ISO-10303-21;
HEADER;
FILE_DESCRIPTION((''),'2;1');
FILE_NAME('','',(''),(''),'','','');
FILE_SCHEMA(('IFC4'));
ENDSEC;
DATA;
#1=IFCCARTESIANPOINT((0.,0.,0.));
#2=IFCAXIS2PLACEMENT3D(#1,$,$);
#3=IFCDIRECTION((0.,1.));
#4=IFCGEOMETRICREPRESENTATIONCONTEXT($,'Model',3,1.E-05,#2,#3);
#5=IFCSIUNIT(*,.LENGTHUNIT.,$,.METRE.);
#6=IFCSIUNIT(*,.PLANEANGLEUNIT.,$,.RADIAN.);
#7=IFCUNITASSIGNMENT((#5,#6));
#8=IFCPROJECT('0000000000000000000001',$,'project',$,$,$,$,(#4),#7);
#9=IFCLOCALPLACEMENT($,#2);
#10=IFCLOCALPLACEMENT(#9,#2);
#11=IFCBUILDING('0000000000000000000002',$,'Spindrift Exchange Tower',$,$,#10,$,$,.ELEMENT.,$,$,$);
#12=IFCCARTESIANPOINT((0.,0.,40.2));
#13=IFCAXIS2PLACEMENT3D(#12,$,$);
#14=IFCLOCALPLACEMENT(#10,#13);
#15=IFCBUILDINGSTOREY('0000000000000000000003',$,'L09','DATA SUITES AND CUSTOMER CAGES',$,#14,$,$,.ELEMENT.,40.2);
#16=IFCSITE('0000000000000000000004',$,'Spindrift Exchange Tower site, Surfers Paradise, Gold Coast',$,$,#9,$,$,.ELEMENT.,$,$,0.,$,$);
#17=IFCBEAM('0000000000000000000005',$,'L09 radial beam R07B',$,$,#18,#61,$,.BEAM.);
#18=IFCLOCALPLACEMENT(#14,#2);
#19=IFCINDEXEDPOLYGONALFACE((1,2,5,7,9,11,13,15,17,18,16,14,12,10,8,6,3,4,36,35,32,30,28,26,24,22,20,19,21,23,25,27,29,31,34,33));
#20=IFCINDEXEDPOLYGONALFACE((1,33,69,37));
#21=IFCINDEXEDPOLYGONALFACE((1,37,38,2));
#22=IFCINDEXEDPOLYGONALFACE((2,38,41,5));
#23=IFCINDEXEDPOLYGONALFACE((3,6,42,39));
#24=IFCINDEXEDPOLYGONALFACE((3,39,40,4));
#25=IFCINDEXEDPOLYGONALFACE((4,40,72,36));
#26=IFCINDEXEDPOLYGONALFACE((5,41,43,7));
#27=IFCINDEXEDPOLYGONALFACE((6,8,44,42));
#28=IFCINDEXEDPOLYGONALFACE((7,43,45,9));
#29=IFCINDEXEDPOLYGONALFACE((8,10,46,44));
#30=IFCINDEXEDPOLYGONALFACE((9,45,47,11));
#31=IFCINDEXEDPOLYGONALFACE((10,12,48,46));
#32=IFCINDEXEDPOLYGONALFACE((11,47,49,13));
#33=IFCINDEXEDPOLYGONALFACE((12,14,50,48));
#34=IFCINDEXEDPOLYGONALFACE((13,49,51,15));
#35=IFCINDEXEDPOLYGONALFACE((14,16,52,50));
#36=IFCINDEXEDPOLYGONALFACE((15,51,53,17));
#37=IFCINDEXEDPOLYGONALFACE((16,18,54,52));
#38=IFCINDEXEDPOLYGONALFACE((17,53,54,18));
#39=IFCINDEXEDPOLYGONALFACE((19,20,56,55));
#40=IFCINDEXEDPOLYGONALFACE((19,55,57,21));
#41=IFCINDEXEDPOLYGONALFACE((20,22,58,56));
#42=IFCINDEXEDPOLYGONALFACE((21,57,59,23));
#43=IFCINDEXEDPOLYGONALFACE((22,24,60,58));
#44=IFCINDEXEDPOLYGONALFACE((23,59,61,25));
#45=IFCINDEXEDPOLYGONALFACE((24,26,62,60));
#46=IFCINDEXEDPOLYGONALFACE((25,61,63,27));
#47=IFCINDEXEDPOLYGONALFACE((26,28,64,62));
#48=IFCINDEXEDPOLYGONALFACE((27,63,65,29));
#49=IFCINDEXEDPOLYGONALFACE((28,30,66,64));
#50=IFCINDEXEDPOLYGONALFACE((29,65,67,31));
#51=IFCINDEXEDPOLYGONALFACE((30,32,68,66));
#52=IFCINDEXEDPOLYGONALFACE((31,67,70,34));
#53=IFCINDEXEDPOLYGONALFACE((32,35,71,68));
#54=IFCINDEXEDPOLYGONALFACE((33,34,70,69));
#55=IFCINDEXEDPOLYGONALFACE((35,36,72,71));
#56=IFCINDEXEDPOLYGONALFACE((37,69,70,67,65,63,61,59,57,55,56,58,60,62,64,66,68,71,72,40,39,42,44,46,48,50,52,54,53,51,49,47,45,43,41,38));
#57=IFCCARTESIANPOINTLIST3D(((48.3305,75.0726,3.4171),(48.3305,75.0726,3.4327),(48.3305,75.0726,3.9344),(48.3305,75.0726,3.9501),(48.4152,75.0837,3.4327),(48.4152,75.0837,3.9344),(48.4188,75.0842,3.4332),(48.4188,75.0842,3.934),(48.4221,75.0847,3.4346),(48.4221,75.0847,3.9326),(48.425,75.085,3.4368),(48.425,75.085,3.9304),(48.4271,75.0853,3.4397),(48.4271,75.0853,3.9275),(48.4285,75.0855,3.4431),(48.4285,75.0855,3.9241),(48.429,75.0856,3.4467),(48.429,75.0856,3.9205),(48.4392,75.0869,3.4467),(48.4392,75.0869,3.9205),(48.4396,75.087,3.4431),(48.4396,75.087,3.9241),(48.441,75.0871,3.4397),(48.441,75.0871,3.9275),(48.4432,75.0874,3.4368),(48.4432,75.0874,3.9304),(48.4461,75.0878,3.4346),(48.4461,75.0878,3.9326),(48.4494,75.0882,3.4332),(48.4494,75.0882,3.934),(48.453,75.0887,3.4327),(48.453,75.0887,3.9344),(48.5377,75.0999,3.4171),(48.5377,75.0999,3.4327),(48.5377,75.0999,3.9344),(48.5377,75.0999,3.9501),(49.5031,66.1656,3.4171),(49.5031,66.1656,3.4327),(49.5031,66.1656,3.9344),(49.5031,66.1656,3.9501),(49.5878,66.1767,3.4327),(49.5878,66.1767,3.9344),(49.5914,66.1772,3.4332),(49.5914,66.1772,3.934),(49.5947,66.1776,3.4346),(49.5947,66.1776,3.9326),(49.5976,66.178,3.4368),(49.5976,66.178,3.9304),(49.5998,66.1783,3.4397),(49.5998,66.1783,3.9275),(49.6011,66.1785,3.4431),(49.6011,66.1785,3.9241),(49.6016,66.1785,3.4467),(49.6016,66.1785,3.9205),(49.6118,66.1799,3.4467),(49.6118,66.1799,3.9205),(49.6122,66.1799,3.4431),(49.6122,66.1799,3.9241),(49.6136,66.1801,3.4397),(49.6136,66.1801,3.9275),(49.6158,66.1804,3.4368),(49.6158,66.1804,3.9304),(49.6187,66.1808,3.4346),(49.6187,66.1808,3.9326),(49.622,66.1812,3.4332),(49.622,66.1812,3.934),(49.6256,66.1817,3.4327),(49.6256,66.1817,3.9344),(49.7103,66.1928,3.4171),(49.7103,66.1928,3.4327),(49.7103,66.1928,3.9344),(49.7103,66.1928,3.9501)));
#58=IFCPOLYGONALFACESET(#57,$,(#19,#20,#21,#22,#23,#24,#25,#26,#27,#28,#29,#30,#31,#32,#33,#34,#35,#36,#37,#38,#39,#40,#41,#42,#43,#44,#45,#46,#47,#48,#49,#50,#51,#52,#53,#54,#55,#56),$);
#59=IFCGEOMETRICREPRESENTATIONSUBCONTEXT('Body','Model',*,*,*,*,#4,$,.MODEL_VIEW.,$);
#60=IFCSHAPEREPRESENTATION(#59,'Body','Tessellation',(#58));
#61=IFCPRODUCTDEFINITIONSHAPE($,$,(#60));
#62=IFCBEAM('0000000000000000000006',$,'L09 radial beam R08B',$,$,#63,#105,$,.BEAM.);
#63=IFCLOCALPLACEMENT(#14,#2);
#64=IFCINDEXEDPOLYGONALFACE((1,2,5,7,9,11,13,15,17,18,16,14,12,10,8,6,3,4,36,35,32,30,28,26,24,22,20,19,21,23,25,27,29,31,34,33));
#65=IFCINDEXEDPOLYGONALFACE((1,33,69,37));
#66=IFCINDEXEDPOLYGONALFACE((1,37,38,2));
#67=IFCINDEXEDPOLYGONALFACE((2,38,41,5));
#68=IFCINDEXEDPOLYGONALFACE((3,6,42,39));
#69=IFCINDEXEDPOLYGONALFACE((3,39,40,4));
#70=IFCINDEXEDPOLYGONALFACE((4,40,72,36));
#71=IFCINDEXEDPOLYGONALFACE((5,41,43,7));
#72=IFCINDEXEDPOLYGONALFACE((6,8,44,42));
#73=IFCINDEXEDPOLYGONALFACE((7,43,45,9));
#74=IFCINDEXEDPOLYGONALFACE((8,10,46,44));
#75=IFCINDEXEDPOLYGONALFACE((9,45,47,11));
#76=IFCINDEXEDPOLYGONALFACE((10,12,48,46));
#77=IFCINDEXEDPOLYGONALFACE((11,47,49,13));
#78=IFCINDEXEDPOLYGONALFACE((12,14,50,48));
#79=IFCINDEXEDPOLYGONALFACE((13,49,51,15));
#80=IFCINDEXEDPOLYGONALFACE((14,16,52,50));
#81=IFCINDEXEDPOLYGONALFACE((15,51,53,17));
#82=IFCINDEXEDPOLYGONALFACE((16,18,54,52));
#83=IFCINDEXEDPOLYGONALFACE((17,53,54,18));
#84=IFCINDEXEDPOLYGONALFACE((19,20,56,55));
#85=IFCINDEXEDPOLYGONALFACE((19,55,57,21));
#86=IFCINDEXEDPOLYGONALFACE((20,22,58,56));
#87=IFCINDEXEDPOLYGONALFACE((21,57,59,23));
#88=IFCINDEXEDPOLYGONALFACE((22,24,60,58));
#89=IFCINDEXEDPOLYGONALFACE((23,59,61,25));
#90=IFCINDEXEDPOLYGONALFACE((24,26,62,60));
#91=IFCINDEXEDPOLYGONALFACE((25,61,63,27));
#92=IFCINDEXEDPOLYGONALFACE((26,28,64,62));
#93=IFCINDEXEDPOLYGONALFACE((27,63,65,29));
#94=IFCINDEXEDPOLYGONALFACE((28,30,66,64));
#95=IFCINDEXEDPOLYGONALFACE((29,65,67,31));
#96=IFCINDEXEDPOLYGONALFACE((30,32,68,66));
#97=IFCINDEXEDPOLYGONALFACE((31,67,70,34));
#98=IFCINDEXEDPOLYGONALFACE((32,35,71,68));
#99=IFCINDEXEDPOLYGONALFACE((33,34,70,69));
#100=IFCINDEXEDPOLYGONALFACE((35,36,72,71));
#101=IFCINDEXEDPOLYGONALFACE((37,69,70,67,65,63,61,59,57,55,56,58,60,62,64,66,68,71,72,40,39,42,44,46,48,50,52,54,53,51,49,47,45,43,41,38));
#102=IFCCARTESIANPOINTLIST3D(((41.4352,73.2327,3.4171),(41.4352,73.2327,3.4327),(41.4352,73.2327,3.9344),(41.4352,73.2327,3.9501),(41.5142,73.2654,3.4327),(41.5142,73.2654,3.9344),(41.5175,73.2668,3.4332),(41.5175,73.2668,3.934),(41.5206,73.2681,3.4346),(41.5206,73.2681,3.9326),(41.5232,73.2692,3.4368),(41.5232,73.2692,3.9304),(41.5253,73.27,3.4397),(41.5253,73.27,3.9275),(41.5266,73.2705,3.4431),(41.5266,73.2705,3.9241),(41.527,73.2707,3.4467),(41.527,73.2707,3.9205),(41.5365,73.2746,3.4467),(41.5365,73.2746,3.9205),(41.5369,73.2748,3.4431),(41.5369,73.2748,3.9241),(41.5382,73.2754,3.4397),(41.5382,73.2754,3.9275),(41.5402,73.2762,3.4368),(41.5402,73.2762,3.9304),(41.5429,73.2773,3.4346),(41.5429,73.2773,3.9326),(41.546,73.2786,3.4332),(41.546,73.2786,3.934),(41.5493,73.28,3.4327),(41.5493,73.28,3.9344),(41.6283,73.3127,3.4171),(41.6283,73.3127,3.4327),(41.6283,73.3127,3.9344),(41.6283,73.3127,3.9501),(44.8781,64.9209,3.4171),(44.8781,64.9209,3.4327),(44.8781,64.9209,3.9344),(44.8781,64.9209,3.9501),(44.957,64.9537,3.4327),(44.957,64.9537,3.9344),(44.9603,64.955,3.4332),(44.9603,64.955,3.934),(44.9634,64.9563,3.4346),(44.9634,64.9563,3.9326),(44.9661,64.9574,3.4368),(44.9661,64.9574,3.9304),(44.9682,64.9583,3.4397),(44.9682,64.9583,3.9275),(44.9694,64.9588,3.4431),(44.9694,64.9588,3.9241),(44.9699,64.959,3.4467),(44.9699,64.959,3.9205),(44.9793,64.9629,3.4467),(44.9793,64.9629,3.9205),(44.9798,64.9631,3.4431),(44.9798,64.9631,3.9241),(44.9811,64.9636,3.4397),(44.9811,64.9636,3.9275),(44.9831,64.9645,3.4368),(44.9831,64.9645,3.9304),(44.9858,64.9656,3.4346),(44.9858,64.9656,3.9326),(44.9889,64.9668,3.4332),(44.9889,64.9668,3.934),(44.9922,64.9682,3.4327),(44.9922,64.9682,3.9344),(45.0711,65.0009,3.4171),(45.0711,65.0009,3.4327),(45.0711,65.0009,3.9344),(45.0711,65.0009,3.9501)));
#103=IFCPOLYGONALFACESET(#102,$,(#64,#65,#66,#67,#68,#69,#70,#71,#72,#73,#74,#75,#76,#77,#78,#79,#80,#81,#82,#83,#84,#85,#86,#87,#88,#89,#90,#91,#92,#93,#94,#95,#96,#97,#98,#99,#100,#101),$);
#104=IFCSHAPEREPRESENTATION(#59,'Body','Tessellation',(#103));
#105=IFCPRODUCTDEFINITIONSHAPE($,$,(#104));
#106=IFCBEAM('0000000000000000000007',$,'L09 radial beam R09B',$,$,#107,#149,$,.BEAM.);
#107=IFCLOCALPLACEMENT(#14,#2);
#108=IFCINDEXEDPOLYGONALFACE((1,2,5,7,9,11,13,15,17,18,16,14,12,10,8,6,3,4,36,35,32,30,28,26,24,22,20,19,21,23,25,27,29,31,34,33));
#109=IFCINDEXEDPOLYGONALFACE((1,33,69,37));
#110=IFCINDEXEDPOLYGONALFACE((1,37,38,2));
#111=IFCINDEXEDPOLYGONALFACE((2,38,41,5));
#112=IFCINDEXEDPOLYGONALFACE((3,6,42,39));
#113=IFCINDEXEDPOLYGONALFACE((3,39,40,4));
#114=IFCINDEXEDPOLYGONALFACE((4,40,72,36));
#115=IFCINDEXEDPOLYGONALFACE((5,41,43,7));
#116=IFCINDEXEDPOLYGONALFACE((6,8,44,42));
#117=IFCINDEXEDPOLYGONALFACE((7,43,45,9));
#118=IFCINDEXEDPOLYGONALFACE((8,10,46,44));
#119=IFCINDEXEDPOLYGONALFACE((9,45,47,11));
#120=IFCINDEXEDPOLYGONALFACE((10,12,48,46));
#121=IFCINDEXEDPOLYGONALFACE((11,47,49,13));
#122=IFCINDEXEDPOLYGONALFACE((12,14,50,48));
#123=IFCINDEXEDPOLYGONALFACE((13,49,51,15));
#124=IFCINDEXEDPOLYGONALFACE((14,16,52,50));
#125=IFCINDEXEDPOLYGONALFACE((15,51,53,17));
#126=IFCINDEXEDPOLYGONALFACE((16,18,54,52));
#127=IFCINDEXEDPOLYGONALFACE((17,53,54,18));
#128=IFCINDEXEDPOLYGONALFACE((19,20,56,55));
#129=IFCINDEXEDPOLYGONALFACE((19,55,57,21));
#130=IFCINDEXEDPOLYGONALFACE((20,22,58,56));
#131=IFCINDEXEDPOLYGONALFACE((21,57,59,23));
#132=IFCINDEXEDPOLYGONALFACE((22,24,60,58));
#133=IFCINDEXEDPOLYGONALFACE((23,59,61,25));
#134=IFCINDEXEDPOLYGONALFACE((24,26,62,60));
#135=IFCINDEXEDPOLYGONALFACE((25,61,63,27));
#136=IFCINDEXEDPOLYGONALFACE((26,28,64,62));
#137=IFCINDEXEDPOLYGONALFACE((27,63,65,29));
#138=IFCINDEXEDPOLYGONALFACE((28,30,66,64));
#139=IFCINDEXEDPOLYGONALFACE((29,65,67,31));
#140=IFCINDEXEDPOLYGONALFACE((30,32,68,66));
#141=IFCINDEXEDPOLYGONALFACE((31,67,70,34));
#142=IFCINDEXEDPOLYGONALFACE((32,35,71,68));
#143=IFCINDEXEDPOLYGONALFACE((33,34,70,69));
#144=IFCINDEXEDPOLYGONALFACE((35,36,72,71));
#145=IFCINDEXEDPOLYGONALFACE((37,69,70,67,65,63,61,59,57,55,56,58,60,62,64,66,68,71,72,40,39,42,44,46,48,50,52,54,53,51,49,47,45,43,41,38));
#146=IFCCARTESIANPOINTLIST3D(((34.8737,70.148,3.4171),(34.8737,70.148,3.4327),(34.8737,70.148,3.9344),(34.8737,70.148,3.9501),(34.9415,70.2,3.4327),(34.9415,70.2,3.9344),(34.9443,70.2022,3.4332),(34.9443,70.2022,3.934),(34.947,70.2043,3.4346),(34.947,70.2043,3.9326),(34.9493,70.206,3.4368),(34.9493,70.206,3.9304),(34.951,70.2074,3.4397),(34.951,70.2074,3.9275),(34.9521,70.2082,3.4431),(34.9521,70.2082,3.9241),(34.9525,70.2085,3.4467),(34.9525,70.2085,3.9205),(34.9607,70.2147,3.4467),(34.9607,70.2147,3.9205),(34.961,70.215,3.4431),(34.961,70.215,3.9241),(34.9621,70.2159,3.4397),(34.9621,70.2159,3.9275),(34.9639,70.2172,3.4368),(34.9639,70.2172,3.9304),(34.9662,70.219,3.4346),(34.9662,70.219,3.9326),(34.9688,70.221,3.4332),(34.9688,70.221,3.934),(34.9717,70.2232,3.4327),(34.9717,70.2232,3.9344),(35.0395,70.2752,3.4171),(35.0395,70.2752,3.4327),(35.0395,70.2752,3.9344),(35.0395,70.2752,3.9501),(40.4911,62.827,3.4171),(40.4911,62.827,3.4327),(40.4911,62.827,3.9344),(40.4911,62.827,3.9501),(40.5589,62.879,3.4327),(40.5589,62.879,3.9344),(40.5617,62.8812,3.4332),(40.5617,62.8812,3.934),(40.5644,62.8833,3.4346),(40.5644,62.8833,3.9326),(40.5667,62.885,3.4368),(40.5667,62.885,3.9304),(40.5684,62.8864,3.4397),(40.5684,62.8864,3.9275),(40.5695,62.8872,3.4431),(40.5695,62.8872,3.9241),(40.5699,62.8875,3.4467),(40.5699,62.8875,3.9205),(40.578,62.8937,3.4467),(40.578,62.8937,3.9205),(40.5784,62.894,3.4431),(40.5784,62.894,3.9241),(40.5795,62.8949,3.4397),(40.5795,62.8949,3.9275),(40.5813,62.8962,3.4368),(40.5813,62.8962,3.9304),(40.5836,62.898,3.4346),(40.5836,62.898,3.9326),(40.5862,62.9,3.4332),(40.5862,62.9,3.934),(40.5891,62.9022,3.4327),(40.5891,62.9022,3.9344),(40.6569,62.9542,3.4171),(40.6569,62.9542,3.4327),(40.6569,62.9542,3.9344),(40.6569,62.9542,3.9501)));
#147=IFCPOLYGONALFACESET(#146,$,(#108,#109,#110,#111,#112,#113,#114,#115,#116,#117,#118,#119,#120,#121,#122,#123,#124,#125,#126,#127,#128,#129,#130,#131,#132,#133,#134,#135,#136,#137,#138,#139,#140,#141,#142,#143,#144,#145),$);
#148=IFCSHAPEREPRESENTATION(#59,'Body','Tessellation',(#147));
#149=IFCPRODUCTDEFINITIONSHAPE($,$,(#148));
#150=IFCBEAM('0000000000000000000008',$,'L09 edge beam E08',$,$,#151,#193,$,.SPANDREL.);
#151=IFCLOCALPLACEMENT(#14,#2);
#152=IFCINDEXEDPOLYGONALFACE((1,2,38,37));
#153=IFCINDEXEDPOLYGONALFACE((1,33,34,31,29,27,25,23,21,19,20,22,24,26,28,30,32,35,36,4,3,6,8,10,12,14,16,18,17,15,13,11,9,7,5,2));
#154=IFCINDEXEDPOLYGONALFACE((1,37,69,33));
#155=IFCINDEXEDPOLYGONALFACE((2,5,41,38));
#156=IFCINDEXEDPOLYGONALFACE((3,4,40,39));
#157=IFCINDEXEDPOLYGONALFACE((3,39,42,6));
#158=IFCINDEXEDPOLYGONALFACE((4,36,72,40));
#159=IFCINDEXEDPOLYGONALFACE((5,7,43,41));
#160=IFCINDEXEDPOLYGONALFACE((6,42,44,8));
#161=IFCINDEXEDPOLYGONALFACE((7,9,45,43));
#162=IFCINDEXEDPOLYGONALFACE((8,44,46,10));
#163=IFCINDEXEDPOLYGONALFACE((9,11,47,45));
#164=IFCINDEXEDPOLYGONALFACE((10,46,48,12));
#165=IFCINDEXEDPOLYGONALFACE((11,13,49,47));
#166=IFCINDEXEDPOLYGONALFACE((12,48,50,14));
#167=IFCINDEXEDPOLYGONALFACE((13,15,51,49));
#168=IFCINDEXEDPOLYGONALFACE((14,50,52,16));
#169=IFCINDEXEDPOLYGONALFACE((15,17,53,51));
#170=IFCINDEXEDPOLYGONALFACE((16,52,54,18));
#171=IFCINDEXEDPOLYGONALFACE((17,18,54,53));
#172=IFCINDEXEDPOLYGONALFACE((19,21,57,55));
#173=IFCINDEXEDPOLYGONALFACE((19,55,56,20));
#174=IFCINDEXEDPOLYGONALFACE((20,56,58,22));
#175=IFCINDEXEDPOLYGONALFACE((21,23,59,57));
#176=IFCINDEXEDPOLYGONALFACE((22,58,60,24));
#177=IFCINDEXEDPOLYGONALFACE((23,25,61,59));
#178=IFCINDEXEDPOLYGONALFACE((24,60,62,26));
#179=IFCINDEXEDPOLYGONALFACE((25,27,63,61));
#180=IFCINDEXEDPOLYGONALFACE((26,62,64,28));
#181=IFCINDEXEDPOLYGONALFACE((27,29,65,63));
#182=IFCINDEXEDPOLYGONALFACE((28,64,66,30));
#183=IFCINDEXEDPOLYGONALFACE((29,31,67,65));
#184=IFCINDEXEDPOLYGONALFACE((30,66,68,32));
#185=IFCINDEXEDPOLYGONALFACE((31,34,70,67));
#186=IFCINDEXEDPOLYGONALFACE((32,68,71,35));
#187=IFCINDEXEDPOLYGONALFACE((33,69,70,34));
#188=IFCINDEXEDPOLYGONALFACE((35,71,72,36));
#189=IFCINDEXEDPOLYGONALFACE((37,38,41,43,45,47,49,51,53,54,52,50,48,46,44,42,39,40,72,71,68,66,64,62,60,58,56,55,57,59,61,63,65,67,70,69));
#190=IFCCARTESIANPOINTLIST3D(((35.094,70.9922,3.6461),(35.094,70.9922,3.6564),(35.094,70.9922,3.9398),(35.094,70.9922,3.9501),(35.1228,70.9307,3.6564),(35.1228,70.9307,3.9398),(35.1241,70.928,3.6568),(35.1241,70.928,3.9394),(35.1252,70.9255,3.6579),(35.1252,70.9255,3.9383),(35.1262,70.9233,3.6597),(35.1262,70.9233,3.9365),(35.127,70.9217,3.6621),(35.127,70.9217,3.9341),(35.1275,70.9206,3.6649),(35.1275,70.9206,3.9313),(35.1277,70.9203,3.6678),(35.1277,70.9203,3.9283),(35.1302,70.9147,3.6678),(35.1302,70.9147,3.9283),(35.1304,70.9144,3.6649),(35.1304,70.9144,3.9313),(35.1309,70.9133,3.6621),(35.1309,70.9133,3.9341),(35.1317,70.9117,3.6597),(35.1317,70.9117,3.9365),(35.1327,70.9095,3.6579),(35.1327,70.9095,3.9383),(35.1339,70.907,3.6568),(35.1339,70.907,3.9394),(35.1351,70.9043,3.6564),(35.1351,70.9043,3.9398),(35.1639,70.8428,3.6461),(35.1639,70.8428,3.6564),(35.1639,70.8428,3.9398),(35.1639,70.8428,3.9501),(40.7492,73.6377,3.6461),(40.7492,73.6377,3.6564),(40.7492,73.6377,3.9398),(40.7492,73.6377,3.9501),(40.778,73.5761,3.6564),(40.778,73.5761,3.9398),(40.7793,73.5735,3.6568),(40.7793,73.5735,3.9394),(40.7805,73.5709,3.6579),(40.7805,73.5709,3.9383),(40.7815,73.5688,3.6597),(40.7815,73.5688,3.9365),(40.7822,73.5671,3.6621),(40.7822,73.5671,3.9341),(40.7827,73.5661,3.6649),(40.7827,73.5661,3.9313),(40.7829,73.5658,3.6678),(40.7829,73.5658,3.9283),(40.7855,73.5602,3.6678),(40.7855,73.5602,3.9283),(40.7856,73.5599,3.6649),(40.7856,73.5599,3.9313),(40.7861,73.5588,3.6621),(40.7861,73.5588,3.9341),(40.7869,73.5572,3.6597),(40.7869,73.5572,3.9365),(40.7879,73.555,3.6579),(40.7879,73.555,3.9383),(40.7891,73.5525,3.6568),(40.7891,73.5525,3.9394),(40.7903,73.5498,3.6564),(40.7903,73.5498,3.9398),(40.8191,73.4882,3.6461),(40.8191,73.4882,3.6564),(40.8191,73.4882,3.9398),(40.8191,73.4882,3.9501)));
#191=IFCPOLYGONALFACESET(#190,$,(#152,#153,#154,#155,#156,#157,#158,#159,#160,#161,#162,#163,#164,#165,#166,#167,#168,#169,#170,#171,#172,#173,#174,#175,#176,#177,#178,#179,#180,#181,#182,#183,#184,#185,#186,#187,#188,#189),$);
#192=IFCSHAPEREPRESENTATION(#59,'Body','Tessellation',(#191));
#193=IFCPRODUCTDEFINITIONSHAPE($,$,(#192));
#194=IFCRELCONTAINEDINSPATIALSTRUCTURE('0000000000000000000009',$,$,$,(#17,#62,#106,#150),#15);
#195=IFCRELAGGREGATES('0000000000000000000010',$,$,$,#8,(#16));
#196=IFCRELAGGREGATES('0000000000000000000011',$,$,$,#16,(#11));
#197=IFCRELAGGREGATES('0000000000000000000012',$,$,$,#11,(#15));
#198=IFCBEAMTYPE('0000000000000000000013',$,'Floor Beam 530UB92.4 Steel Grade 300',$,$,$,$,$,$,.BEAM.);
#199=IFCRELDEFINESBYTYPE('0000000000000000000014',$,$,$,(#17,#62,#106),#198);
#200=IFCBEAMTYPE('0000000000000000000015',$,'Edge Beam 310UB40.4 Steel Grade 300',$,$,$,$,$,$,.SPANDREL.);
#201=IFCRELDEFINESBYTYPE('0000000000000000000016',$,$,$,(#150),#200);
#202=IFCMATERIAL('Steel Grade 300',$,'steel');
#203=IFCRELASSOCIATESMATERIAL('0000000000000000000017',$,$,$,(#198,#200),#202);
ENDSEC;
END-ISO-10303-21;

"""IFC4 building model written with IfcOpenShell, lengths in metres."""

from ifc_helpers import new_model, si_unit, direction, frame, origin, origin_2d, place, context, subcontext, project, spatial, i_section, extrude, source, transform, mapped, material, material_profile, profile_set, type_object, element, save


model = new_model("IFC4")

# Units and contexts
model_context = context("Model", 3, precision=1e-05, world=origin(), true_north=direction((0.0, 1.0)))
body_context = subcontext(model_context, "Body", "Model", "MODEL_VIEW")
ifc_project = project(units=[si_unit("LENGTHUNIT", "METRE"), si_unit("PLANEANGLEUNIT", "RADIAN")], contexts=[model_context])

# Site, building, storey
site_placement = place(None, origin())
site = spatial("IfcSite", under=ifc_project, at=site_placement, Name="Spindrift Exchange Tower site, Surfers Paradise, Gold Coast", CompositionType="ELEMENT", RefElevation=0.0)
building_placement = place(site_placement, origin())
building = spatial("IfcBuilding", under=site, at=building_placement, Name="Spindrift Exchange Tower", CompositionType="ELEMENT")
storey_placement = place(building_placement, frame((0.0, 0.0, 40.2)))
storey = spatial("IfcBuildingStorey", under=building, at=storey_placement, Name="L09", Description="DATA SUITES AND CUSTOMER CAGES", CompositionType="ELEMENT", Elevation=40.2)

# Beams
ifc_material_1 = material(Name="Steel Grade 300", Category="steel")
ifc_material_profile_1 = material_profile(ifc_material_1, i_section(OverallWidth=0.209, OverallDepth=0.533, WebThickness=0.0103, FlangeThickness=0.0156, FilletRadius=0.0139, at=origin_2d()), Name="530UB92.4")
ifc_profile_set_1 = profile_set([ifc_material_profile_1], Name="Steel Grade 300")
beam_type_1 = type_object("IfcBeamType", Name="Floor Beam 530UB92.4 Steel Grade 300", PredefinedType="BEAM", material=ifc_profile_set_1)
shared_shape_1 = source(origin(), body_context, "Body", "SweptSolid", [
    extrude(i_section(OverallWidth=0.209, OverallDepth=0.533, WebThickness=0.0103, FlangeThickness=0.0156, FilletRadius=0.0139, at=origin_2d()), origin(), (0.0, 0.0, 1.0), 8.9839),
])
beam_1_placement = place(storey_placement, frame((49.6067, 66.1792, 3.6836), z_axis=(-0.130524, 0.991445, 0.0), x_axis=(-0.991445, -0.130524, 0.0)))
element("IfcBeam", 1, at=beam_1_placement, inside=storey, type_object=beam_type_1, Name="L09 radial beam R07B", PredefinedType="BEAM", context=body_context, shape_type="MappedRepresentation", body=[
    mapped(shared_shape_1, transform((0.0, 0.0, 0.0), scale=1.0)),
])
shared_shape_2 = source(origin(), body_context, "Body", "SweptSolid", [
    extrude(i_section(OverallWidth=0.209, OverallDepth=0.533, WebThickness=0.0103, FlangeThickness=0.0156, FilletRadius=0.0139, at=origin_2d()), origin(), (0.0, 0.0, 1.0), 8.9966),
])
beam_2_placement = place(storey_placement, frame((44.9746, 64.9609, 3.6836), z_axis=(-0.382686, 0.923879, 0.0), x_axis=(-0.923879, -0.382686, 0.0)))
element("IfcBeam", 2, at=beam_2_placement, inside=storey, type_object=beam_type_1, Name="L09 radial beam R08B", PredefinedType="BEAM", context=body_context, shape_type="MappedRepresentation", body=[
    mapped(shared_shape_2, transform((0.0, 0.0, 0.0), scale=1.0)),
])
shared_shape_3 = source(origin(), body_context, "Body", "SweptSolid", [
    extrude(i_section(OverallWidth=0.209, OverallDepth=0.533, WebThickness=0.0103, FlangeThickness=0.0156, FilletRadius=0.0139, at=origin_2d()), origin(), (0.0, 0.0, 1.0), 9.2278),
])
beam_3_placement = place(storey_placement, frame((40.574, 62.8906, 3.6836), z_axis=(-0.608748, 0.793364, 0.0), x_axis=(-0.793364, -0.608748, 0.0)))
element("IfcBeam", 3, at=beam_3_placement, inside=storey, type_object=beam_type_1, Name="L09 radial beam R09B", PredefinedType="BEAM", context=body_context, shape_type="MappedRepresentation", body=[
    mapped(shared_shape_3, transform((0.0, 0.0, 0.0), scale=1.0)),
])
ifc_material_profile_2 = material_profile(ifc_material_1, i_section(OverallWidth=0.165, OverallDepth=0.304, WebThickness=0.0061, FlangeThickness=0.0103, FilletRadius=0.0115, at=origin_2d()), Name="310UB40.4")
ifc_profile_set_2 = profile_set([ifc_material_profile_2], Name="Steel Grade 300")
beam_type_2 = type_object("IfcBeamType", Name="Edge Beam 310UB40.4 Steel Grade 300", PredefinedType="SPANDREL", material=ifc_profile_set_2)
shared_shape_4 = source(origin(), body_context, "Body", "SweptSolid", [
    extrude(i_section(OverallWidth=0.165, OverallDepth=0.304, WebThickness=0.0061, FlangeThickness=0.0103, FilletRadius=0.0115, at=origin_2d()), origin(), (0.0, 0.0, 1.0), 6.2434),
])
beam_4_placement = place(storey_placement, frame((40.7842, 73.563, 3.7981), z_axis=(-0.905791, -0.423724, 0.0), x_axis=(0.423724, -0.905791, 0.0)))
element("IfcBeam", 4, at=beam_4_placement, inside=storey, type_object=beam_type_2, Name="L09 edge beam E08", PredefinedType="SPANDREL", context=body_context, shape_type="MappedRepresentation", body=[
    mapped(shared_shape_4, transform((0.0, 0.0, 0.0), scale=1.0)),
])

save(model, "model.ifc")
